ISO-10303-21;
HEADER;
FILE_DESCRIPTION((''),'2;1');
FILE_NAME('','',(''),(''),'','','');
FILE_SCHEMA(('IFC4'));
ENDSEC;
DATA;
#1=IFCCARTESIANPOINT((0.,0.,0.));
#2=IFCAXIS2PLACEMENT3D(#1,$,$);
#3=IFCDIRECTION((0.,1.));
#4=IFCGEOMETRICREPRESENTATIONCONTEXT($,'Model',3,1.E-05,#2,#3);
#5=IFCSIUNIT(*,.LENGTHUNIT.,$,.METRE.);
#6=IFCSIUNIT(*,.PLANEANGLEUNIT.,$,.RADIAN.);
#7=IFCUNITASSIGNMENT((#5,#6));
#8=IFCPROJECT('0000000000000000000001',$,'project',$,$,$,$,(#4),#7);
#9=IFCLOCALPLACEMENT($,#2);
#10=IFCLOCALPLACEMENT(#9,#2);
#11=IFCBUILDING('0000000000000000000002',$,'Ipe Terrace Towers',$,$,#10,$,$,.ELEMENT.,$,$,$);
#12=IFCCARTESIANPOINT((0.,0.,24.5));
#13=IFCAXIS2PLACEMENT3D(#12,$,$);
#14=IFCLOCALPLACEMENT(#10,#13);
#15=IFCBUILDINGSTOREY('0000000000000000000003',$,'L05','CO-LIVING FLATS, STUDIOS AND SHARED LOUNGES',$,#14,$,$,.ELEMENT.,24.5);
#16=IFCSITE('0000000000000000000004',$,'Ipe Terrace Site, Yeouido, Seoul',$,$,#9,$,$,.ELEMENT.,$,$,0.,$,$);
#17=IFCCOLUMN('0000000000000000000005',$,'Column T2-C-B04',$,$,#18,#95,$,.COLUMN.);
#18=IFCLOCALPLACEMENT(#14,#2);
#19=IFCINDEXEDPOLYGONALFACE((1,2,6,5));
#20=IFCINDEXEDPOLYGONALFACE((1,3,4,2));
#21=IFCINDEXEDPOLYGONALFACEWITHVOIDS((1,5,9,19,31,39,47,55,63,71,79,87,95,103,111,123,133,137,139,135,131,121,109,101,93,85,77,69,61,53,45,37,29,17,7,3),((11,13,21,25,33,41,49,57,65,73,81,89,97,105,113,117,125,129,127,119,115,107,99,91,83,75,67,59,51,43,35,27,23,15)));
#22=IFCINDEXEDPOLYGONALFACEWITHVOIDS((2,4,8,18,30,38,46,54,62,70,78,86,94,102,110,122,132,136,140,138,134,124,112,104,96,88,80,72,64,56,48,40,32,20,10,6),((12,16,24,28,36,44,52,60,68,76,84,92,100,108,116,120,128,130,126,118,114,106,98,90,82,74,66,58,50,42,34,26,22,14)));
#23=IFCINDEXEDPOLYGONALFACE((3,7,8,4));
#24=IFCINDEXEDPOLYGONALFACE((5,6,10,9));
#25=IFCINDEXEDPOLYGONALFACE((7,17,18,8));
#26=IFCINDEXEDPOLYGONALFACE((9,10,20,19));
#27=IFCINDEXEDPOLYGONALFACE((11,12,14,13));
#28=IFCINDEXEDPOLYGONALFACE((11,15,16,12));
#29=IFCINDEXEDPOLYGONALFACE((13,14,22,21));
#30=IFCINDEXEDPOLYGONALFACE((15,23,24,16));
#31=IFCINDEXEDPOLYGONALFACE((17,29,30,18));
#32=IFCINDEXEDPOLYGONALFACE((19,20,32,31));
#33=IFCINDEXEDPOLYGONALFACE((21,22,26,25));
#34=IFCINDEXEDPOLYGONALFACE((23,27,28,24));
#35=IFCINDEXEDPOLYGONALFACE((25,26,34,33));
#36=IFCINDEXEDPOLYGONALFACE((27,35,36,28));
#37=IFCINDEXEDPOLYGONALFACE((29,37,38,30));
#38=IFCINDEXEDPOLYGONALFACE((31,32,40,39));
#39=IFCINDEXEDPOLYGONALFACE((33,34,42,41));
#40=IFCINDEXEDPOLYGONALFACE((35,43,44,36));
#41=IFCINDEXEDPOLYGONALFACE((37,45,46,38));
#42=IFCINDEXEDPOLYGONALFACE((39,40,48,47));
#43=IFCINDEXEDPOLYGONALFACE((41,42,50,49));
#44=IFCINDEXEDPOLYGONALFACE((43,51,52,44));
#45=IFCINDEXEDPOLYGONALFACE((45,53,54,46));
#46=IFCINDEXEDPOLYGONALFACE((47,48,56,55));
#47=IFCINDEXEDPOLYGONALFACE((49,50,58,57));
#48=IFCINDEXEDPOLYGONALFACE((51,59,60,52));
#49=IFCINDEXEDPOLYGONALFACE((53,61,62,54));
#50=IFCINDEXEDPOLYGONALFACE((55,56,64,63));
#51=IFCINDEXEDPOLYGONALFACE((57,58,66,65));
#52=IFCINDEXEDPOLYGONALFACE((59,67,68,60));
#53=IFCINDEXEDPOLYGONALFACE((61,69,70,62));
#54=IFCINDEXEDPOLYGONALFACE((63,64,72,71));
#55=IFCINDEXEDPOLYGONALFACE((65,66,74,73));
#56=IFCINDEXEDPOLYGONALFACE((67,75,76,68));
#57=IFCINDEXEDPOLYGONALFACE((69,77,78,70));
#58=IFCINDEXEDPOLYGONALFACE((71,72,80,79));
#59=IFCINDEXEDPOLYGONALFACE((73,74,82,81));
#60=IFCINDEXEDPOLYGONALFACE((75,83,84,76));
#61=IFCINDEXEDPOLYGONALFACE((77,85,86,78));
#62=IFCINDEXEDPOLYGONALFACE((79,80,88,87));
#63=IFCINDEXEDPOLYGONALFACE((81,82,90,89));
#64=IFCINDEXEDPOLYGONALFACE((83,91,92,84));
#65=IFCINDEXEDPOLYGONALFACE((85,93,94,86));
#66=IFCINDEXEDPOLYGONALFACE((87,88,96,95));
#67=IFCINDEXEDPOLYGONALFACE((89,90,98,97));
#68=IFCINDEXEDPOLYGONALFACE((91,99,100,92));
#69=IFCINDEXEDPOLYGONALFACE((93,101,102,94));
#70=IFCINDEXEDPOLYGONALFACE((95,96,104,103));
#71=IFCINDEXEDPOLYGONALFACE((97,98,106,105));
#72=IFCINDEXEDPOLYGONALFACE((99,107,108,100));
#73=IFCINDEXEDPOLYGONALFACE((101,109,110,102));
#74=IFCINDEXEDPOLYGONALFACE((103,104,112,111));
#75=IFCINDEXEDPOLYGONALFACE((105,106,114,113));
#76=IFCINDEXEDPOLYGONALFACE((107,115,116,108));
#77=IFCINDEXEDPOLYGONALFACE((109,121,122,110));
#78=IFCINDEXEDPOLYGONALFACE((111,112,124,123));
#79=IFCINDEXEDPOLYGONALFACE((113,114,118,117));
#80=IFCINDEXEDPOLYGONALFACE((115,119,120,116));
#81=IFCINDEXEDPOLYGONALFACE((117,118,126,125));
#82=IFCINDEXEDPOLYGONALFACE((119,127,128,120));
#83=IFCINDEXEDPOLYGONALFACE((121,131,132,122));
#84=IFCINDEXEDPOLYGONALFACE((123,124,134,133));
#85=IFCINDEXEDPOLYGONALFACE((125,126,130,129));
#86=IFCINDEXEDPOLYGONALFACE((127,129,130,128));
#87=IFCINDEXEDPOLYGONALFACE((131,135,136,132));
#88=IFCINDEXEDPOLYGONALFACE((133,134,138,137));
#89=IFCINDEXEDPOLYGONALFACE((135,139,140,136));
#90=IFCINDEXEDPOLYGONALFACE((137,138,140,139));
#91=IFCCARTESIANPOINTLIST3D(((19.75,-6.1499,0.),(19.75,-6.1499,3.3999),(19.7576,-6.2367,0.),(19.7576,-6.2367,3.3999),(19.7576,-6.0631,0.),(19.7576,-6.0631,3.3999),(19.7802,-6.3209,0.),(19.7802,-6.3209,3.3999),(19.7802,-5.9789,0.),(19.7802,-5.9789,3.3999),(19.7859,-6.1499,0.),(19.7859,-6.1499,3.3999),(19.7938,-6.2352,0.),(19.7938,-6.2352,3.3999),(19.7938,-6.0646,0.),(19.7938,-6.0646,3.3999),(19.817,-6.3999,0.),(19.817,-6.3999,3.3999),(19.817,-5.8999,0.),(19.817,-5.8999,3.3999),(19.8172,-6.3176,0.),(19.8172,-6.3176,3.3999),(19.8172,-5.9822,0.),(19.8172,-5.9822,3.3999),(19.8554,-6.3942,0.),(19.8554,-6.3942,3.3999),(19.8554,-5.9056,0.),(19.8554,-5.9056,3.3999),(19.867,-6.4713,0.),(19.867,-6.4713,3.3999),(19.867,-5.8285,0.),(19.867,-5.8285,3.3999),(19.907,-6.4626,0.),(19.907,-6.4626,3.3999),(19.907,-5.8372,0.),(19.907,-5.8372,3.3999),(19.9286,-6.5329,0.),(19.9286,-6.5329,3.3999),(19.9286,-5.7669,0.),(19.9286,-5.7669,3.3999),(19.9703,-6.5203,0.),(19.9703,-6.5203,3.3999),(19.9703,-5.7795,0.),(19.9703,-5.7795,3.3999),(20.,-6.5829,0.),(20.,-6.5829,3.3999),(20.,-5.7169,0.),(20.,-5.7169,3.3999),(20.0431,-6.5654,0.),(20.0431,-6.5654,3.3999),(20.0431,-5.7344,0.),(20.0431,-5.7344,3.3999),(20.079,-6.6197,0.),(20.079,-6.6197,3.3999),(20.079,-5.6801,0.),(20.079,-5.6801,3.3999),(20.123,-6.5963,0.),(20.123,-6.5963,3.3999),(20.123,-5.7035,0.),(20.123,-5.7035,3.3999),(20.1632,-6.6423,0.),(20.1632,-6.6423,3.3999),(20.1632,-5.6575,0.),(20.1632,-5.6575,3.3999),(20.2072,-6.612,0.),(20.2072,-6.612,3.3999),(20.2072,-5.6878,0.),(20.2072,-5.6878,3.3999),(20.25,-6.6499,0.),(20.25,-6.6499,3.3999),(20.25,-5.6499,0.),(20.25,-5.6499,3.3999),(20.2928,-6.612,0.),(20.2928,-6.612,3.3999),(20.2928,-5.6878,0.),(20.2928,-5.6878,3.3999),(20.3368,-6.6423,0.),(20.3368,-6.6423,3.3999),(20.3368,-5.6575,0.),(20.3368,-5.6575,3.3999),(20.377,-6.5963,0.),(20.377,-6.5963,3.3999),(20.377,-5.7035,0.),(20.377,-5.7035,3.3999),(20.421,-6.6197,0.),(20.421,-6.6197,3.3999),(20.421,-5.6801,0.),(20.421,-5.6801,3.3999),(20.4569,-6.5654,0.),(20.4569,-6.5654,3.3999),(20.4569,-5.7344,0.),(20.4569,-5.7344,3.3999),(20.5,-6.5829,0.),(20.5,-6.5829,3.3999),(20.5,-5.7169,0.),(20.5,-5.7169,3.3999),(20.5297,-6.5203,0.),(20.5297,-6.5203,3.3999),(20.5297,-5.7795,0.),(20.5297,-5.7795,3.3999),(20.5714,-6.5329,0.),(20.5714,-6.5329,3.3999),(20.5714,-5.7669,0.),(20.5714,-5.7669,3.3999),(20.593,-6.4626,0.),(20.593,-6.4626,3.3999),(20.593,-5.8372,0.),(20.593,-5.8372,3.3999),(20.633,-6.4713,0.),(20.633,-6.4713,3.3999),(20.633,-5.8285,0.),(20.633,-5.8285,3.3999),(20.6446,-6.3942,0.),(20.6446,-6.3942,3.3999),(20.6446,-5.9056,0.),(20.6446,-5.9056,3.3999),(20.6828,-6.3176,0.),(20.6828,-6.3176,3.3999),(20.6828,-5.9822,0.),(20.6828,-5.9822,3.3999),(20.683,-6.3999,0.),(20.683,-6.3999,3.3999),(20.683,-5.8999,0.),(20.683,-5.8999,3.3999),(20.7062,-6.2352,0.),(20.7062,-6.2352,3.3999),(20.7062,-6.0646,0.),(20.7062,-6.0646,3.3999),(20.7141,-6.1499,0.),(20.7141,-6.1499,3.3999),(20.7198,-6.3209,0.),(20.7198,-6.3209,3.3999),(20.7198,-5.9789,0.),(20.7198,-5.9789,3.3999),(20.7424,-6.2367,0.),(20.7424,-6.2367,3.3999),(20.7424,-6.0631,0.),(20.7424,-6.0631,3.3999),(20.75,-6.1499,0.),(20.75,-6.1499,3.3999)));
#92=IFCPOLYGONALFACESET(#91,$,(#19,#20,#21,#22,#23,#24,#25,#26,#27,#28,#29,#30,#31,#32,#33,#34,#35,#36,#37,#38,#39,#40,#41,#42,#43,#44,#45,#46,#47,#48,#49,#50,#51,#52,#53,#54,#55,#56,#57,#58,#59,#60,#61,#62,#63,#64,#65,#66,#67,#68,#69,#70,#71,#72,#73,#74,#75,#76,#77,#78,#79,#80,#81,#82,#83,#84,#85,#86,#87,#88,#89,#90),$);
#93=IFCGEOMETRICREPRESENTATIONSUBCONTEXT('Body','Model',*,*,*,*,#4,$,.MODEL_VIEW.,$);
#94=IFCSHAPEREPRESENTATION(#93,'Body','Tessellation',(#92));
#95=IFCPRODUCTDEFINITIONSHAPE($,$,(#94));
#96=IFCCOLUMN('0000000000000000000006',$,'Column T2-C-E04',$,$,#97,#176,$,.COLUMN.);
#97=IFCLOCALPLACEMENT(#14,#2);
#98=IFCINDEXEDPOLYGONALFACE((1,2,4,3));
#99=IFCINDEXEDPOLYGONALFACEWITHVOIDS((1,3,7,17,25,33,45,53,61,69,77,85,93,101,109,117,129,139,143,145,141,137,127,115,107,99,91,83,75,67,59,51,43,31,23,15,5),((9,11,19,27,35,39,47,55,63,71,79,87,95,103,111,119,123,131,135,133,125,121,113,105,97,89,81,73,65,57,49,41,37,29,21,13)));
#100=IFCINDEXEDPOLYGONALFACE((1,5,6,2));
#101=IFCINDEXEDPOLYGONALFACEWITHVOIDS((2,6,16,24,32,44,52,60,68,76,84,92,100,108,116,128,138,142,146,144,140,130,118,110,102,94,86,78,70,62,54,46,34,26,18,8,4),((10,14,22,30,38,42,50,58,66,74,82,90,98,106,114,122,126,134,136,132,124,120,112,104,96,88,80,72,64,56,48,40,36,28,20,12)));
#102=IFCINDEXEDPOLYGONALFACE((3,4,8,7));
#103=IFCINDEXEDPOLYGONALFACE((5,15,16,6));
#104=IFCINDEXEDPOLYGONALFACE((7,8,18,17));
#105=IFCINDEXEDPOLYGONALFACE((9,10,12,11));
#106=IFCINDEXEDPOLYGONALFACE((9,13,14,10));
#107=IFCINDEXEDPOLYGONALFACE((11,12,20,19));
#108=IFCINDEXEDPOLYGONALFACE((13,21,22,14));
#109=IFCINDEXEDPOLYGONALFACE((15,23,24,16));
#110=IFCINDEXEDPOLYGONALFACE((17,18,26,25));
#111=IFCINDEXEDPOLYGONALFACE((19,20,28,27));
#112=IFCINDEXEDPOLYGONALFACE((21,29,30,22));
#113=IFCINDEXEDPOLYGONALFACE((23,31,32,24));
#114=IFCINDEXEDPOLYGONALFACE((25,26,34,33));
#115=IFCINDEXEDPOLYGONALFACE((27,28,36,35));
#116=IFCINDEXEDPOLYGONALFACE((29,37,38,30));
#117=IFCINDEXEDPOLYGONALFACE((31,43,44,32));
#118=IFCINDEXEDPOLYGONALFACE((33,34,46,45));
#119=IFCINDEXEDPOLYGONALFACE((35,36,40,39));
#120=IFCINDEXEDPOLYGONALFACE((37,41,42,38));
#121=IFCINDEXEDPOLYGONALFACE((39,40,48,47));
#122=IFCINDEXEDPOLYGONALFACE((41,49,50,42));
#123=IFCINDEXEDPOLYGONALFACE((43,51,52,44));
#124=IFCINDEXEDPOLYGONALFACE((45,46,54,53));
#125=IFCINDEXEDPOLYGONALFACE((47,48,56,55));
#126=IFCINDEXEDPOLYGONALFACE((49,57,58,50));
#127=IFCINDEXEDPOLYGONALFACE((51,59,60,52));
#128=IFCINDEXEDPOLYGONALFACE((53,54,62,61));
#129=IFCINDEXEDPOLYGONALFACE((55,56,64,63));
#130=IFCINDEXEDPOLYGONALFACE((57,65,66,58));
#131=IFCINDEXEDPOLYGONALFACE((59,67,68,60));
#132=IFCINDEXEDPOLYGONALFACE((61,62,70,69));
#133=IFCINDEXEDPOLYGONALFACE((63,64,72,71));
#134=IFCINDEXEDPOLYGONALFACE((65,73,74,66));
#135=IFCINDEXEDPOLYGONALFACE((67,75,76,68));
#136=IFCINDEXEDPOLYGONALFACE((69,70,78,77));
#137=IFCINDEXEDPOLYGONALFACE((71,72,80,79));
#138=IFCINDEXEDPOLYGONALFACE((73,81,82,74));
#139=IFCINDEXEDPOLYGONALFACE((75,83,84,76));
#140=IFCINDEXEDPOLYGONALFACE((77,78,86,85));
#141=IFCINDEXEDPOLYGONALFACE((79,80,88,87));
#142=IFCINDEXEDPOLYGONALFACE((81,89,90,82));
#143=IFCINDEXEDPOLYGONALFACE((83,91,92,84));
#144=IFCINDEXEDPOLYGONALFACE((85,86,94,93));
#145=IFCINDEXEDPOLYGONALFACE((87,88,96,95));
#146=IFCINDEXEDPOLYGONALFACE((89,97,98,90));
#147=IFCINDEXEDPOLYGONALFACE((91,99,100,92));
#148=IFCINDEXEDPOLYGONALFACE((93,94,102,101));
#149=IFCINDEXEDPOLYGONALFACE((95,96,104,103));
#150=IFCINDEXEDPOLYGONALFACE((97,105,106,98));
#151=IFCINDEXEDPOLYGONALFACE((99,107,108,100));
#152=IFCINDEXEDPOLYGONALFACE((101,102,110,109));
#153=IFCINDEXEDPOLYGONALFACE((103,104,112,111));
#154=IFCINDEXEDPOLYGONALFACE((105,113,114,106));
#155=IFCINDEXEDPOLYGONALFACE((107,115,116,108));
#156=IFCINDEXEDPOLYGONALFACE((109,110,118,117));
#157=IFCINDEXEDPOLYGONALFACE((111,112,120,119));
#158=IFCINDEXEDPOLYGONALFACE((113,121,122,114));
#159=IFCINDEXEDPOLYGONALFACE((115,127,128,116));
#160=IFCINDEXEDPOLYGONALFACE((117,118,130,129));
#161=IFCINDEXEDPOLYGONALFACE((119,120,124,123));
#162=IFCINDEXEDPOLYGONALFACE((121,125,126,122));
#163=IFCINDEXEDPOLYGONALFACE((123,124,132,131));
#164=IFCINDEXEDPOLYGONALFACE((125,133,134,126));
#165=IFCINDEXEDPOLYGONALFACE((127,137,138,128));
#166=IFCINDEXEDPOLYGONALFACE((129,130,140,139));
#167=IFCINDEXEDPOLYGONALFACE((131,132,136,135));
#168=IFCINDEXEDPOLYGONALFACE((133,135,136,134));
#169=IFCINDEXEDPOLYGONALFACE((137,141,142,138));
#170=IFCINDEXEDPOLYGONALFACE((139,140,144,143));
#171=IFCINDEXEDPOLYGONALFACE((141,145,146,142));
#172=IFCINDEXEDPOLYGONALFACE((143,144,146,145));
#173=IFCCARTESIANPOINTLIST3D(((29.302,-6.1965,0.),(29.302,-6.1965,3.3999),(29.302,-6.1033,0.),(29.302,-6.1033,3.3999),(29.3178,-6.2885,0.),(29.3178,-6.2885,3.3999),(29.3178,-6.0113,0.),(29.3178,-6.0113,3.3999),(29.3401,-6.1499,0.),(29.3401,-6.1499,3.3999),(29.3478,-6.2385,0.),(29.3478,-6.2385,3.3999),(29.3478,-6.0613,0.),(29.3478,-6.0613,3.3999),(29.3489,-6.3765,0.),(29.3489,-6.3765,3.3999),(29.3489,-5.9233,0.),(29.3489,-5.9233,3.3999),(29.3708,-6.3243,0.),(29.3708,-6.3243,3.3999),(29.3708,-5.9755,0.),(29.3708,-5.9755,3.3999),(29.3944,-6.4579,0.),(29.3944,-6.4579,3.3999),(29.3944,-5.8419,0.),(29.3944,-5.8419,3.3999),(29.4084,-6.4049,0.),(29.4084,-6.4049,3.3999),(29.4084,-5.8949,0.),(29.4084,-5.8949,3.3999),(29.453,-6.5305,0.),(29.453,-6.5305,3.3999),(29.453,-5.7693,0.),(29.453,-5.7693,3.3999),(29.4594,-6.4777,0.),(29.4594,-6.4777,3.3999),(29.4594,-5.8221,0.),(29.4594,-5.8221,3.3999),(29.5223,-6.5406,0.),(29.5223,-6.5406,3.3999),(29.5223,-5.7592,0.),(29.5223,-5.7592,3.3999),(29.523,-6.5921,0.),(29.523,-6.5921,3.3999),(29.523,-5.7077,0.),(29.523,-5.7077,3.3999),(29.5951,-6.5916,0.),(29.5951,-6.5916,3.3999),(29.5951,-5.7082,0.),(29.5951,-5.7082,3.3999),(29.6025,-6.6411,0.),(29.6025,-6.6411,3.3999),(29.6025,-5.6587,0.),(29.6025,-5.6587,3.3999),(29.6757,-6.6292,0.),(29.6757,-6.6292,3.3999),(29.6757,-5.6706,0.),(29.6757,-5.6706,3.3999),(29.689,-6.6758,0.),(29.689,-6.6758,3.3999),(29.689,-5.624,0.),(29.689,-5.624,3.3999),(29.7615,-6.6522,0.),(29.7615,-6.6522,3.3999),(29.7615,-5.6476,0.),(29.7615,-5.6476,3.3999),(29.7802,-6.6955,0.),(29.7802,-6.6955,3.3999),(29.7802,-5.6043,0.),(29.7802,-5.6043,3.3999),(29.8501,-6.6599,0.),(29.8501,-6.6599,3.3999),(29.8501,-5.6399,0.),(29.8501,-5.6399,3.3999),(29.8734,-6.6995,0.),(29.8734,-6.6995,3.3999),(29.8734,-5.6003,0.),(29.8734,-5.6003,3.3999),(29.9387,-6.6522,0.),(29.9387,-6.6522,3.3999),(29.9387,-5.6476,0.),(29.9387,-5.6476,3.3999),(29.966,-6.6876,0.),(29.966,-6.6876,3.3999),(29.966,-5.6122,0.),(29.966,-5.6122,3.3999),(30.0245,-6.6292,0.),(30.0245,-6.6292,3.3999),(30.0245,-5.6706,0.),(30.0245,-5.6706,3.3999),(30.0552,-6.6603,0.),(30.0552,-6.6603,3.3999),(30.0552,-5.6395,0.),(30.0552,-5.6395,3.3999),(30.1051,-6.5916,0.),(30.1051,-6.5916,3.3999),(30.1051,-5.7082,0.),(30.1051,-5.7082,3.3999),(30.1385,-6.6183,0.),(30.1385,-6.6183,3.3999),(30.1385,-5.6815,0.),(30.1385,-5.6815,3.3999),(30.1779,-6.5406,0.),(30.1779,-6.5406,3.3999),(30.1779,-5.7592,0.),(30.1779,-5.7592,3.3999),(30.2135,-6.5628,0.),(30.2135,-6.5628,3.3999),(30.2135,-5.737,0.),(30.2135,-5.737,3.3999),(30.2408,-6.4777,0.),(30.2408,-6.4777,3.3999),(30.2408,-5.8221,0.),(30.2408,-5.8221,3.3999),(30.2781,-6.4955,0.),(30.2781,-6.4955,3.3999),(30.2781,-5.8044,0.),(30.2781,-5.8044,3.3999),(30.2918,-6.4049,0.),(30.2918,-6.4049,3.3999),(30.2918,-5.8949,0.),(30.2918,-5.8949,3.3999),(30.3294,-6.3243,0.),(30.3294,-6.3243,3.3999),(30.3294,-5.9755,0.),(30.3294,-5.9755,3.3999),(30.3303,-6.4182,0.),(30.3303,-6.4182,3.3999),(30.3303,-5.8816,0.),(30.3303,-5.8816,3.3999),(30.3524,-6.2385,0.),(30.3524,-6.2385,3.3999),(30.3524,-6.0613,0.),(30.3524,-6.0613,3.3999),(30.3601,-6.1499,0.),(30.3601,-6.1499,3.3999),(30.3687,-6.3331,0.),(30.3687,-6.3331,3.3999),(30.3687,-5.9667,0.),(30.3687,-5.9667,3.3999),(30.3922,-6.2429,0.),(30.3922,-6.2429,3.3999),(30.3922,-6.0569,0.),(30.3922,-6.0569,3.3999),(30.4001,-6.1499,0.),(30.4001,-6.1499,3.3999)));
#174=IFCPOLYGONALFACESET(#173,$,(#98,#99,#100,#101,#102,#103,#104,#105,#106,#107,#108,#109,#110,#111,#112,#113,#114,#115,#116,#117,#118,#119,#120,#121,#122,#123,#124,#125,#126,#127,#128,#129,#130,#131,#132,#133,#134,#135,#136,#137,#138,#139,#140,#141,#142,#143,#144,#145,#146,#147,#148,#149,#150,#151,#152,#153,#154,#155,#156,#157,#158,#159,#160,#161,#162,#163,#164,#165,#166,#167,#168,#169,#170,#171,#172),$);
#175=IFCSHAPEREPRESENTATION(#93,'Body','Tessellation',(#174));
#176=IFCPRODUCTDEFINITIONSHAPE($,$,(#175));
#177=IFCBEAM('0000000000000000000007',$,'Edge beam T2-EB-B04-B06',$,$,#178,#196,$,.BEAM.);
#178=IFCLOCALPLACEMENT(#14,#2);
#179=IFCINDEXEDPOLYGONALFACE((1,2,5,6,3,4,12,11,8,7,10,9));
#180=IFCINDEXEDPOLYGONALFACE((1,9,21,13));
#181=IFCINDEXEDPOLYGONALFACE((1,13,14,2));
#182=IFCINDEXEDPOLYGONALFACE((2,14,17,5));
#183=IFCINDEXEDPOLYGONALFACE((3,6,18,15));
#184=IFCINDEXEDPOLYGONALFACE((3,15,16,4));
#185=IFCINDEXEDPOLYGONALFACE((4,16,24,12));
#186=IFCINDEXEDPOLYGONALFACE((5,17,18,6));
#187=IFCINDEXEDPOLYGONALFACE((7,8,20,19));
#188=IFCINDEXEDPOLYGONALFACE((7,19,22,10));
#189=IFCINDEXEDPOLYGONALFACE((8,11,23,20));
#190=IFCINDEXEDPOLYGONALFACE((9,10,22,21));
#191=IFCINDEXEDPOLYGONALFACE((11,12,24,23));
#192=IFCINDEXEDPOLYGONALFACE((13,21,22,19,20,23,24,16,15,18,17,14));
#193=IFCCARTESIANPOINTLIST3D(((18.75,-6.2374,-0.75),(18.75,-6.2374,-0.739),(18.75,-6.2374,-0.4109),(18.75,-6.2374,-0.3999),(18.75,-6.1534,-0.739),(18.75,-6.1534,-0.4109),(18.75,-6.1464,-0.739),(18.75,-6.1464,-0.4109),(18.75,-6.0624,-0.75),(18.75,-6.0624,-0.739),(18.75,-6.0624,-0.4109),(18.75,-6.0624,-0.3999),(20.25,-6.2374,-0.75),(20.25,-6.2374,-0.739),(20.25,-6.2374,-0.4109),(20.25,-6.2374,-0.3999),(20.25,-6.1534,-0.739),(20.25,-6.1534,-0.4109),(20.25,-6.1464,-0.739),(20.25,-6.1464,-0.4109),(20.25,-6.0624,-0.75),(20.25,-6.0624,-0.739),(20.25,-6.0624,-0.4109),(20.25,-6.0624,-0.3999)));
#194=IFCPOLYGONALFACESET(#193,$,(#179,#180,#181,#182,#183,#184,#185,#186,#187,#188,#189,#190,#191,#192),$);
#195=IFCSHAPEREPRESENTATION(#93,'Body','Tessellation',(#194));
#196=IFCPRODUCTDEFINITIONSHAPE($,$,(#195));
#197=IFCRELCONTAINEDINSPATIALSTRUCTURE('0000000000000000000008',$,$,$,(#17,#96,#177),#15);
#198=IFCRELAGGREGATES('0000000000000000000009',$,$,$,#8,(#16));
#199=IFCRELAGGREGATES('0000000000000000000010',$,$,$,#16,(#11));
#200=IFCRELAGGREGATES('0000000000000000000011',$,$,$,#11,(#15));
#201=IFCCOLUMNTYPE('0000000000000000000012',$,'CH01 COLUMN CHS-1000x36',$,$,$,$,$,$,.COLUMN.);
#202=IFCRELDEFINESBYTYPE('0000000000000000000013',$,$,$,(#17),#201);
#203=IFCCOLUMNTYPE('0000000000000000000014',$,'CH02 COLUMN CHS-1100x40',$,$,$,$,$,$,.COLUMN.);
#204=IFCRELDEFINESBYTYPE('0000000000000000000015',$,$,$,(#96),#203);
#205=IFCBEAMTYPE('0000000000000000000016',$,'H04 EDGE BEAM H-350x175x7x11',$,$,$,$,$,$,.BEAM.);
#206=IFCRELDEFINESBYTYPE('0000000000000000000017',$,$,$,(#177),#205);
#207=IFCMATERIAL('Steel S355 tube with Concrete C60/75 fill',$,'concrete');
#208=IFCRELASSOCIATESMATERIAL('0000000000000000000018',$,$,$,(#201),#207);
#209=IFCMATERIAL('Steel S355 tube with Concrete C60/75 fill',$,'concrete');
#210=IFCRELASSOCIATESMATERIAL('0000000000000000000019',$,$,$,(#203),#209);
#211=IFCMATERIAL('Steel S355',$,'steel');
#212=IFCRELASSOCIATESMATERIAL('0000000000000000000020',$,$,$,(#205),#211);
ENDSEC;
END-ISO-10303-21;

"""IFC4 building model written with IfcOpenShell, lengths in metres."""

from ifc_helpers import new_model, si_unit, direction, frame, origin, origin_2d, place, context, subcontext, project, spatial, hollow_circle, i_section, extrude, material, material_profile, profile_set, type_object, element, save


model = new_model("IFC4")

# Units and contexts
model_context = context("Model", 3, precision=1e-05, world=origin(), true_north=direction((0.0, 1.0)))
body_context = subcontext(model_context, "Body", "Model", "MODEL_VIEW")
ifc_project = project(units=[si_unit("LENGTHUNIT", "METRE"), si_unit("PLANEANGLEUNIT", "RADIAN")], contexts=[model_context])

# Site, building, storey
site_placement = place(None, origin())
site = spatial("IfcSite", under=ifc_project, at=site_placement, Name="Ipe Terrace Site, Yeouido, Seoul", CompositionType="ELEMENT", RefElevation=0.0)
building_placement = place(site_placement, origin())
building = spatial("IfcBuilding", under=site, at=building_placement, Name="Ipe Terrace Towers", CompositionType="ELEMENT")
storey_placement = place(building_placement, frame((0.0, 0.0, 24.5)))
storey = spatial("IfcBuildingStorey", under=building, at=storey_placement, Name="L05", Description="CO-LIVING FLATS, STUDIOS AND SHARED LOUNGES", CompositionType="ELEMENT", Elevation=24.5)

# Columns
ifc_material_1 = material(Name="Steel S355 tube with Concrete C60/75 fill", Category="concrete")
ifc_material_profile_1 = material_profile(ifc_material_1, hollow_circle(Radius=0.5, WallThickness=0.0359, at=origin_2d()), Name="CHS-1000x36")
ifc_profile_set_1 = profile_set([ifc_material_profile_1], Name="Steel S355 tube with Concrete C60/75 fill")
column_type_1 = type_object("IfcColumnType", Name="CH01 COLUMN CHS-1000x36", PredefinedType="COLUMN", material=ifc_profile_set_1)
column_1_placement = place(storey_placement, frame((20.25, -6.1499, 0.0), z_axis=(0.0, 0.0, 1.0), x_axis=(1.0, 0.0, 0.0)))
element("IfcColumn", 1, at=column_1_placement, inside=storey, type_object=column_type_1, Name="Column T2-C-B04", PredefinedType="COLUMN", context=body_context, shape_type="SweptSolid", body=[
    extrude(hollow_circle(Radius=0.5, WallThickness=0.0359, at=origin_2d()), origin(), (0.0, 0.0, 1.0), 3.3999),
])
ifc_material_2 = material(Name="Steel S355 tube with Concrete C60/75 fill", Category="concrete")
ifc_material_profile_2 = material_profile(ifc_material_2, hollow_circle(Radius=0.55, WallThickness=0.04, at=origin_2d()), Name="CHS-1100x40")
ifc_profile_set_2 = profile_set([ifc_material_profile_2], Name="Steel S355 tube with Concrete C60/75 fill")
column_type_2 = type_object("IfcColumnType", Name="CH02 COLUMN CHS-1100x40", PredefinedType="COLUMN", material=ifc_profile_set_2)
column_2_placement = place(storey_placement, frame((29.8501, -6.1499, 0.0), z_axis=(0.0, 0.0, 1.0), x_axis=(1.0, 0.0, 0.0)))
element("IfcColumn", 2, at=column_2_placement, inside=storey, type_object=column_type_2, Name="Column T2-C-E04", PredefinedType="COLUMN", context=body_context, shape_type="SweptSolid", body=[
    extrude(hollow_circle(Radius=0.55, WallThickness=0.04, at=origin_2d()), origin(), (0.0, 0.0, 1.0), 3.3999),
])

# Beam
ifc_material_3 = material(Name="Steel S355", Category="steel")
ifc_material_profile_3 = material_profile(ifc_material_3, i_section(OverallWidth=0.175, OverallDepth=0.3501, WebThickness=0.0071, FlangeThickness=0.011, at=origin_2d()), Name="H-350x175x7x11")
ifc_profile_set_3 = profile_set([ifc_material_profile_3], Name="Steel S355")
beam_type = type_object("IfcBeamType", Name="H04 EDGE BEAM H-350x175x7x11", PredefinedType="BEAM", material=ifc_profile_set_3)
beam_placement = place(storey_placement, frame((20.25, -6.1499, -0.575), z_axis=(-1.0, 0.0, 0.0), x_axis=(0.0, -1.0, 0.0)))
element("IfcBeam", 3, at=beam_placement, inside=storey, type_object=beam_type, Name="Edge beam T2-EB-B04-B06", PredefinedType="BEAM", context=body_context, shape_type="SweptSolid", body=[
    extrude(i_section(OverallWidth=0.175, OverallDepth=0.3501, WebThickness=0.0071, FlangeThickness=0.011, at=origin_2d()), origin(), (0.0, 0.0, 1.0), 1.5),
])

save(model, "model.ifc")
